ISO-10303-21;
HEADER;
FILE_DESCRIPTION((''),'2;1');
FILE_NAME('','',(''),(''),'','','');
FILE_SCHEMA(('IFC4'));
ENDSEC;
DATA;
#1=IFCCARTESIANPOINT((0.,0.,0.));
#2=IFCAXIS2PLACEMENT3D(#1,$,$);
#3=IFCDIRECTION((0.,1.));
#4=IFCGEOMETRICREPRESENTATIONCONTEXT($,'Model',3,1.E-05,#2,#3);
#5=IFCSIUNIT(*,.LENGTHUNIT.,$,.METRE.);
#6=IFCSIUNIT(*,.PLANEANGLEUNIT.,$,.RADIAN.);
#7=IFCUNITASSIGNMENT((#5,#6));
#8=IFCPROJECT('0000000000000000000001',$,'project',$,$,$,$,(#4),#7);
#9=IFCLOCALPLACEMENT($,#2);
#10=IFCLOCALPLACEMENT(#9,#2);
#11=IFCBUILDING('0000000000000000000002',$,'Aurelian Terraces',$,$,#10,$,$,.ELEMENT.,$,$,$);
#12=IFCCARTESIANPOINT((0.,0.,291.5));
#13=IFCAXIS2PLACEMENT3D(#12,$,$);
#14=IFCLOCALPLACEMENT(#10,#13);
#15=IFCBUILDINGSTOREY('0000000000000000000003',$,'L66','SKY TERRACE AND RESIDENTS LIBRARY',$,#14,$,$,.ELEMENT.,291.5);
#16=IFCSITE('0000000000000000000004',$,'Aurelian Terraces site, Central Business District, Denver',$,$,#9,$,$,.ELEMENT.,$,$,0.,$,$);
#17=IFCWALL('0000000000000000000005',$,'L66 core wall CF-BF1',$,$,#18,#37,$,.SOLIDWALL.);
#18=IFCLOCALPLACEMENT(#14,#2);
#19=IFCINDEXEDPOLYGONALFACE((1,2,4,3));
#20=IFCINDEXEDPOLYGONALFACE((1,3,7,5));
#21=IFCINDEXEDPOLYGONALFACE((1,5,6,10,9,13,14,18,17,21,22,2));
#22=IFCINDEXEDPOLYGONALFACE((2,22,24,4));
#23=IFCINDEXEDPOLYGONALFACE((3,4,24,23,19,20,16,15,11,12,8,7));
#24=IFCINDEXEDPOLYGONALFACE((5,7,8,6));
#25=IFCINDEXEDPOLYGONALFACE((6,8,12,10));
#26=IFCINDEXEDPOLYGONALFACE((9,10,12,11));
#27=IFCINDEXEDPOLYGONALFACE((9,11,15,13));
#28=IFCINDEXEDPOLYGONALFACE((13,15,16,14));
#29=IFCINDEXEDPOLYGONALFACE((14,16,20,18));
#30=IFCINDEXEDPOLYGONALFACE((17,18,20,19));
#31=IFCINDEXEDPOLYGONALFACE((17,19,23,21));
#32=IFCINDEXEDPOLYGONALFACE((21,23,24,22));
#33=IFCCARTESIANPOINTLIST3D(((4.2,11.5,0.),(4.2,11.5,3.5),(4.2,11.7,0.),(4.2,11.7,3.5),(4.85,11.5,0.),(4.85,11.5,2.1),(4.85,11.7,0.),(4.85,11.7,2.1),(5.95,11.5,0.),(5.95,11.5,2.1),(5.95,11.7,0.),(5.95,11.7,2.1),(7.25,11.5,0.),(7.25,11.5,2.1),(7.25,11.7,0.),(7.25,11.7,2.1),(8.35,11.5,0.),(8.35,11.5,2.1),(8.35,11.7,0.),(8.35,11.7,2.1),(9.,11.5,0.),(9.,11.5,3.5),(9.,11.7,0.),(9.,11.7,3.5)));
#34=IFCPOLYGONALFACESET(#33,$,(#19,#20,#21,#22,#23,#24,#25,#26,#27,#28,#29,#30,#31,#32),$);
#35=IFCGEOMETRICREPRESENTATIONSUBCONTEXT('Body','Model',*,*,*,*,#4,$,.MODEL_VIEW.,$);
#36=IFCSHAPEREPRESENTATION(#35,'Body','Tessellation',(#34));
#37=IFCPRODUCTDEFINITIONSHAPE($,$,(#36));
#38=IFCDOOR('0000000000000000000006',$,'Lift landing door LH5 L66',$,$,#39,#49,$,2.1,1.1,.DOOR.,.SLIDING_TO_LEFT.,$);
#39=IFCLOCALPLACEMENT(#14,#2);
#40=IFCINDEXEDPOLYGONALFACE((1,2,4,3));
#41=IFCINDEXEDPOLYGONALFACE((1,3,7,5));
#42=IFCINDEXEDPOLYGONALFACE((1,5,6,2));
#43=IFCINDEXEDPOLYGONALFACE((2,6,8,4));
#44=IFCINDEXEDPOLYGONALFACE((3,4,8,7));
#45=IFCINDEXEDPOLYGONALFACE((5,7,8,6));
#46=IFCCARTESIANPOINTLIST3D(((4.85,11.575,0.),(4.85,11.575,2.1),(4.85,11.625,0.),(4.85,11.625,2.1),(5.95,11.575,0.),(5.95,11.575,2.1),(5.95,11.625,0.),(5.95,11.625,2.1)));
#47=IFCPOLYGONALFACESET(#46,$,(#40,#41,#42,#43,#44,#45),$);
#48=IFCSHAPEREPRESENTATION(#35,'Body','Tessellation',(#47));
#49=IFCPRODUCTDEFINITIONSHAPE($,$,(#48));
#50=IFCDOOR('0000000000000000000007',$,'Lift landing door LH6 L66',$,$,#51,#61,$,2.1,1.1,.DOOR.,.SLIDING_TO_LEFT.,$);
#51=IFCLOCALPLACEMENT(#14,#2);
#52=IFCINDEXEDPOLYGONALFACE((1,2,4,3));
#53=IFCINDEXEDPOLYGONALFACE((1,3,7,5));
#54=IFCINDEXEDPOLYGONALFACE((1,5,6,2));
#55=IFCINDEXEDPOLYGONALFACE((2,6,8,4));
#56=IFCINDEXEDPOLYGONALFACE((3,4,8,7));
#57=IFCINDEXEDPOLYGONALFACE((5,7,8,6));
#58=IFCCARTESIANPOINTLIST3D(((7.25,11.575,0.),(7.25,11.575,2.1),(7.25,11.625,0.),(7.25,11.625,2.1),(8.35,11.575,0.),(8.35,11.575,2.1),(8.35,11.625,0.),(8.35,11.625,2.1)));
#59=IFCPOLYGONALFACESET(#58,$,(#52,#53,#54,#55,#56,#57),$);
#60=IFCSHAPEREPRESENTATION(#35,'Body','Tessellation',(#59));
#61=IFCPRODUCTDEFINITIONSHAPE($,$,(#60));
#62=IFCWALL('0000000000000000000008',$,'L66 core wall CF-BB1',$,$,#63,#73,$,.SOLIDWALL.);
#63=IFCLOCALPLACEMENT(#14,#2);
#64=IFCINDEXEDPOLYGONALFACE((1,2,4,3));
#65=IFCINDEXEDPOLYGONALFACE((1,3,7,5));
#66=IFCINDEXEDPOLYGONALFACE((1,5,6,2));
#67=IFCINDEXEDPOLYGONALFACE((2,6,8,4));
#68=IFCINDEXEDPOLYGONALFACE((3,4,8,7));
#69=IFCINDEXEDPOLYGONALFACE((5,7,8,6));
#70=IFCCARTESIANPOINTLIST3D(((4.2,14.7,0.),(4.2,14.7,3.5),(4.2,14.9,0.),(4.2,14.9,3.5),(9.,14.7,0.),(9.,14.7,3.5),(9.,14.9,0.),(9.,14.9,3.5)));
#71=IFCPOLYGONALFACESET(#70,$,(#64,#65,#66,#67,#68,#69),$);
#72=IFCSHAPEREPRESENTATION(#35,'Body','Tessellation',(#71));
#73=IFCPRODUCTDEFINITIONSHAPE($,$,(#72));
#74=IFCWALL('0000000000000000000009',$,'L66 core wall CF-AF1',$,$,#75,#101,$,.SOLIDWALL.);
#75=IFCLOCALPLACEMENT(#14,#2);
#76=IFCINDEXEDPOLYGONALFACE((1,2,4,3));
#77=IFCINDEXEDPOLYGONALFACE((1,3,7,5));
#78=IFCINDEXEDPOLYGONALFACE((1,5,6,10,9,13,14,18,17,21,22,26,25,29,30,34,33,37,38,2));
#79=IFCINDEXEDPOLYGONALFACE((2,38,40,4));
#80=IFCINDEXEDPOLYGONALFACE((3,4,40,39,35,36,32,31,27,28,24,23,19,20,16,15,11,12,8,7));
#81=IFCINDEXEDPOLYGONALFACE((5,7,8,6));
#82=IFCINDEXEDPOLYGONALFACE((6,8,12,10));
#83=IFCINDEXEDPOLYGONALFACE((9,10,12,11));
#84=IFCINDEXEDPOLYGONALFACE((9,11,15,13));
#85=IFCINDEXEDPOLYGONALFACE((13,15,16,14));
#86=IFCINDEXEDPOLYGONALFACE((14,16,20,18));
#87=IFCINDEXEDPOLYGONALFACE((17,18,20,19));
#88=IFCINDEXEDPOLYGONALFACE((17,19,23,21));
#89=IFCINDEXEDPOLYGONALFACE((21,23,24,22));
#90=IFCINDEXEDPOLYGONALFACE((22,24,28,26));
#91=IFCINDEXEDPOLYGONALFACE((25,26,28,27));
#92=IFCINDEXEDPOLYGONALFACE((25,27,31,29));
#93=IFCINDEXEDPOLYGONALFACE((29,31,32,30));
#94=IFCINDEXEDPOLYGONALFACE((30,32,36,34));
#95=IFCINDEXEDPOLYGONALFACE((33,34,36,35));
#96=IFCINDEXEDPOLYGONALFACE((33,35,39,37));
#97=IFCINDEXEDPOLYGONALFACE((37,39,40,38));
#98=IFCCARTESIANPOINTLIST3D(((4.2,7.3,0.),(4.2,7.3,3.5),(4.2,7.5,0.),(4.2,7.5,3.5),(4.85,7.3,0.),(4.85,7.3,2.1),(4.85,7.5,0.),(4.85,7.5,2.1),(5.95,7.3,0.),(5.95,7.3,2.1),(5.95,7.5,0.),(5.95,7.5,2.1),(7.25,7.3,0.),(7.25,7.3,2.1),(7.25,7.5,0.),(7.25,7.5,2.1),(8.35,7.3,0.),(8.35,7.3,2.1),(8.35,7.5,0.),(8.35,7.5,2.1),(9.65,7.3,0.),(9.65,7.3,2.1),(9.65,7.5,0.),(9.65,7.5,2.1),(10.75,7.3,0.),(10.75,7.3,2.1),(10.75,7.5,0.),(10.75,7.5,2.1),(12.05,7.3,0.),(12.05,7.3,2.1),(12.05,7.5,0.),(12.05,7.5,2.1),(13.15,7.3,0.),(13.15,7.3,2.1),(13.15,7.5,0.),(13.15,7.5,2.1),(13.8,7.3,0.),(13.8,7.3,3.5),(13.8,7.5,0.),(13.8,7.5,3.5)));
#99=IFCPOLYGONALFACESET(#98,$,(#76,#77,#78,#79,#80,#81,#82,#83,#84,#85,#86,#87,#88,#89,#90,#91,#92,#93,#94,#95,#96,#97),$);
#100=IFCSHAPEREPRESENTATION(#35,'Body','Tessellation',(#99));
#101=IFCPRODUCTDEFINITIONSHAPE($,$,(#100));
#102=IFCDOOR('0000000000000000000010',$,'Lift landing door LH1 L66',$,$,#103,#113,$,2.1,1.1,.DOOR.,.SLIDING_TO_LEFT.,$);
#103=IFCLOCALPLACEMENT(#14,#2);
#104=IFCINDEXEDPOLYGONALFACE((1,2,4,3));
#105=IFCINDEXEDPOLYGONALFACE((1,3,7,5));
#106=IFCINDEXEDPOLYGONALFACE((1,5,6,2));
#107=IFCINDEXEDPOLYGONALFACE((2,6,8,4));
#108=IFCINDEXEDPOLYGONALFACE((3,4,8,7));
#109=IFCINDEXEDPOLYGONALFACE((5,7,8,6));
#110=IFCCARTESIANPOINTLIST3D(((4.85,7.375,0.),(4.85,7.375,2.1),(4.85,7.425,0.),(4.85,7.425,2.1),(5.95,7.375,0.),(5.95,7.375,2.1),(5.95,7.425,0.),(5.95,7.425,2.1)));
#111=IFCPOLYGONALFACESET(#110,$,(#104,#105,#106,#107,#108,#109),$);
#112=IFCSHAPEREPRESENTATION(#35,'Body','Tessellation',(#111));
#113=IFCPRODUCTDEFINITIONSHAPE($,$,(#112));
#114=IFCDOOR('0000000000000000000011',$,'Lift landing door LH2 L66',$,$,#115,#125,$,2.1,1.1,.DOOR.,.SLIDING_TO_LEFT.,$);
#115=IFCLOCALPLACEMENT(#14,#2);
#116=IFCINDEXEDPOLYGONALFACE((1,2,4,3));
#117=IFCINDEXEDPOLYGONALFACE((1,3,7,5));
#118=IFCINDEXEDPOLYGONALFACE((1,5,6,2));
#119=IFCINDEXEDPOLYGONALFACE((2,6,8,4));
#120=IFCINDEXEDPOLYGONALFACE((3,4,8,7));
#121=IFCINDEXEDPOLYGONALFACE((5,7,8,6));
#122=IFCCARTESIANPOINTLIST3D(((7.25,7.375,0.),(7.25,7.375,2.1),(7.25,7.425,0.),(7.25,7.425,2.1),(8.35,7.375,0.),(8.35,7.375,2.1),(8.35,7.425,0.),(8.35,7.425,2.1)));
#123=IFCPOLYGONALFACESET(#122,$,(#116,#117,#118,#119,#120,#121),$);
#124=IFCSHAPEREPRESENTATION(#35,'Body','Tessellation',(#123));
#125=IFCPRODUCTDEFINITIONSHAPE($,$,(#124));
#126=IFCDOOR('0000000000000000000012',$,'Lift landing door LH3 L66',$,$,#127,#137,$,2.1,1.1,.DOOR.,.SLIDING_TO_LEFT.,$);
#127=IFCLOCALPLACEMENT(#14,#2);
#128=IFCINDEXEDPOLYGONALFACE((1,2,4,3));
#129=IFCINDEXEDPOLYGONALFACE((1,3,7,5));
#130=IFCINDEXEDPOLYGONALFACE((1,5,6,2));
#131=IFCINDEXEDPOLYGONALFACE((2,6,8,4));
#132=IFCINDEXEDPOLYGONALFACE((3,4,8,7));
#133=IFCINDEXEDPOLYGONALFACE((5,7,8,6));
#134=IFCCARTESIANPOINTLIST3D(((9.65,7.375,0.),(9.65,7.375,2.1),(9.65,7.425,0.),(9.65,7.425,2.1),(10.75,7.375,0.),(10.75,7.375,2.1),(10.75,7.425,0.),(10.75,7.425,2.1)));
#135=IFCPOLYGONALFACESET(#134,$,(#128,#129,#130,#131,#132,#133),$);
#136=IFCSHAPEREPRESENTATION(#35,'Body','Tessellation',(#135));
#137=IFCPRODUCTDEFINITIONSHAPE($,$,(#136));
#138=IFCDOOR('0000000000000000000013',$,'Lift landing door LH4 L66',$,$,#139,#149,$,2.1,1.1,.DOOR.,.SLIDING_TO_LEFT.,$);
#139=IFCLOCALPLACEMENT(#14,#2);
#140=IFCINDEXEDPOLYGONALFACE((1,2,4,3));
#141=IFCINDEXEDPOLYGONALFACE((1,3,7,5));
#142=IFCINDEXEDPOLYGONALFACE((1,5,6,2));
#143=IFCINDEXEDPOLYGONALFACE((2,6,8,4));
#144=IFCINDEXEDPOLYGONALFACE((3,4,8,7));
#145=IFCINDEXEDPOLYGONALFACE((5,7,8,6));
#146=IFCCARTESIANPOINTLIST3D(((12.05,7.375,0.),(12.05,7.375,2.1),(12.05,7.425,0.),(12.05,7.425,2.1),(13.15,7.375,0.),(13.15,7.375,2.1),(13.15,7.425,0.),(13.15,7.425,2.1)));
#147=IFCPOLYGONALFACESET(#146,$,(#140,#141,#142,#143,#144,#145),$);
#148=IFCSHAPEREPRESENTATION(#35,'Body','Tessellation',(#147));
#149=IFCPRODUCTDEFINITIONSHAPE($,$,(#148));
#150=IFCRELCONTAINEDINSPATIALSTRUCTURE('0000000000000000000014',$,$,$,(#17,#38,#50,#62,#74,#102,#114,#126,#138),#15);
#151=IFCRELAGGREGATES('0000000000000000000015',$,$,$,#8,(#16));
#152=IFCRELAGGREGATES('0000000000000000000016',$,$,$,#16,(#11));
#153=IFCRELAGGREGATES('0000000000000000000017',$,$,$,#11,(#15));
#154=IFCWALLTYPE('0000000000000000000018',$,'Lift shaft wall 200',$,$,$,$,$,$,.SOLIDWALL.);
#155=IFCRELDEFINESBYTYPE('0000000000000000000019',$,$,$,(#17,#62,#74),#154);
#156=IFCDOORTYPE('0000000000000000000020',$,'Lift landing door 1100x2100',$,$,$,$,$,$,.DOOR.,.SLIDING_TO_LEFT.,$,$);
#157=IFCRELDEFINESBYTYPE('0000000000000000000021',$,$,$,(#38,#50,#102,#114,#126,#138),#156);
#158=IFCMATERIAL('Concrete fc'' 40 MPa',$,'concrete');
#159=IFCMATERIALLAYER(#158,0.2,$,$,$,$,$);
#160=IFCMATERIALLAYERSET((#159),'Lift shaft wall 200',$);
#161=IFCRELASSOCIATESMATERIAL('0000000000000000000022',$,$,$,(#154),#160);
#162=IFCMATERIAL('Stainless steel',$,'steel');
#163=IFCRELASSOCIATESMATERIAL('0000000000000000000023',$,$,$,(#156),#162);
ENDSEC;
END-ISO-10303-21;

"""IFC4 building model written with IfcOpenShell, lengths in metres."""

from ifc_helpers import new_model, si_unit, direction, frame, frame_2d, origin, place, context, subcontext, project, spatial, rectangle, extrude, source, transform, mapped, material, layer, layer_set, type_object, element, fill, save


model = new_model("IFC4")

# Units and contexts
model_context = context("Model", 3, precision=1e-05, world=origin(), true_north=direction((0.0, 1.0)))
body_context = subcontext(model_context, "Body", "Model", "MODEL_VIEW")
ifc_project = project(units=[si_unit("LENGTHUNIT", "METRE"), si_unit("PLANEANGLEUNIT", "RADIAN")], contexts=[model_context])

# Site, building, storey
site_placement = place(None, origin())
site = spatial("IfcSite", under=ifc_project, at=site_placement, Name="Aurelian Terraces site, Central Business District, Denver", CompositionType="ELEMENT", RefElevation=0.0)
building_placement = place(site_placement, origin())
building = spatial("IfcBuilding", under=site, at=building_placement, Name="Aurelian Terraces", CompositionType="ELEMENT")
storey_placement = place(building_placement, frame((0.0, 0.0, 291.5)))
storey = spatial("IfcBuildingStorey", under=building, at=storey_placement, Name="L66", Description="SKY TERRACE AND RESIDENTS LIBRARY", CompositionType="ELEMENT", Elevation=291.5)

# Shared definitions
ifc_material_1 = material(Name="Concrete fc' 40 MPa", Category="concrete")
ifc_layer_1 = layer(ifc_material_1, 0.2)
ifc_layer_set_1 = layer_set([ifc_layer_1], Name="Lift shaft wall 200")
wall_type_1 = type_object("IfcWallType", Name="Lift shaft wall 200", PredefinedType="SOLIDWALL", material=ifc_layer_set_1)

# Wall, openings, doors
shared_shape_1 = source(origin(), body_context, "Body", "SweptSolid", [
    extrude(rectangle(XDim=4.8, YDim=0.2, at=frame_2d((2.4, 0.0))), origin(), (0.0, 0.0, 1.0), 3.5),
])
wall_1_placement = place(storey_placement, frame((4.2, 11.6, 0.0), z_axis=(0.0, 0.0, 1.0), x_axis=(1.0, 0.0, 0.0)))
wall_1 = element("IfcWall", 1, at=wall_1_placement, inside=storey, type_object=wall_type_1, Name="L66 core wall CF-BF1", PredefinedType="SOLIDWALL", context=body_context, shape_type="MappedRepresentation", body=[
    mapped(shared_shape_1, transform((0.0, 0.0, 0.0), scale=1.0)),
])
shared_shape_2 = source(origin(), body_context, "Body", "SweptSolid", [
    extrude(rectangle(XDim=1.1, YDim=2.1, at=frame_2d((0.55, 1.05))), frame((0.0, 0.11, 0.0), z_axis=(0.0, -1.0, 0.0), x_axis=(1.0, 0.0, 0.0)), (0.0, 0.0, 1.0), 0.22),
])
opening_1_placement = place(wall_1_placement, frame((0.65, 0.0, 0.0)))
opening_1 = element("IfcOpeningElement", 2, at=opening_1_placement, cuts=wall_1, PredefinedType="OPENING", context=body_context, shape_type="MappedRepresentation", body=[
    mapped(shared_shape_2, transform((0.0, 0.0, 0.0), scale=1.0)),
])
opening_2_placement = place(wall_1_placement, frame((3.05, 0.0, 0.0)))
opening_2 = element("IfcOpeningElement", 3, at=opening_2_placement, cuts=wall_1, PredefinedType="OPENING", context=body_context, shape_type="MappedRepresentation", body=[
    mapped(shared_shape_2, transform((0.0, 0.0, 0.0), scale=1.0)),
])
ifc_material_2 = material(Name="Stainless steel", Category="steel")
door_type_1 = type_object("IfcDoorType", Name="Lift landing door 1100x2100", OperationType="SLIDING_TO_LEFT", PredefinedType="DOOR", material=ifc_material_2)
shared_shape_3 = source(origin(), body_context, "Body", "SweptSolid", [
    extrude(rectangle(XDim=1.1, YDim=2.1, at=frame_2d((0.55, 1.05))), frame((0.0, 0.025, 0.0), z_axis=(0.0, -1.0, 0.0), x_axis=(1.0, 0.0, 0.0)), (0.0, 0.0, 1.0), 0.05),
])
door_1_placement = place(opening_1_placement, origin())
door_1 = element("IfcDoor", 4, at=door_1_placement, inside=storey, type_object=door_type_1, Name="Lift landing door LH5 L66", OperationType="SLIDING_TO_LEFT", OverallHeight=2.1, OverallWidth=1.1, PredefinedType="DOOR", context=body_context, shape_type="MappedRepresentation", body=[
    mapped(shared_shape_3, transform((0.0, 0.0, 0.0), scale=1.0)),
])
fill(opening_1, door_1)
door_2_placement = place(opening_2_placement, origin())
door_2 = element("IfcDoor", 5, at=door_2_placement, inside=storey, type_object=door_type_1, Name="Lift landing door LH6 L66", OperationType="SLIDING_TO_LEFT", OverallHeight=2.1, OverallWidth=1.1, PredefinedType="DOOR", context=body_context, shape_type="MappedRepresentation", body=[
    mapped(shared_shape_3, transform((0.0, 0.0, 0.0), scale=1.0)),
])
fill(opening_2, door_2)

# Wall
wall_2_placement = place(storey_placement, frame((4.2, 14.8, 0.0), z_axis=(0.0, 0.0, 1.0), x_axis=(1.0, 0.0, 0.0)))
element("IfcWall", 6, at=wall_2_placement, inside=storey, type_object=wall_type_1, Name="L66 core wall CF-BB1", PredefinedType="SOLIDWALL", context=body_context, shape_type="MappedRepresentation", body=[
    mapped(shared_shape_1, transform((0.0, 0.0, 0.0), scale=1.0)),
])

# Wall, openings, doors
shared_shape_4 = source(origin(), body_context, "Body", "SweptSolid", [
    extrude(rectangle(XDim=9.6, YDim=0.2, at=frame_2d((4.8, 0.0))), origin(), (0.0, 0.0, 1.0), 3.5),
])
wall_3_placement = place(storey_placement, frame((4.2, 7.4, 0.0), z_axis=(0.0, 0.0, 1.0), x_axis=(1.0, 0.0, 0.0)))
wall_3 = element("IfcWall", 7, at=wall_3_placement, inside=storey, type_object=wall_type_1, Name="L66 core wall CF-AF1", PredefinedType="SOLIDWALL", context=body_context, shape_type="MappedRepresentation", body=[
    mapped(shared_shape_4, transform((0.0, 0.0, 0.0), scale=1.0)),
])
opening_3_placement = place(wall_3_placement, frame((0.65, 0.0, 0.0)))
opening_3 = element("IfcOpeningElement", 8, at=opening_3_placement, cuts=wall_3, PredefinedType="OPENING", context=body_context, shape_type="MappedRepresentation", body=[
    mapped(shared_shape_2, transform((0.0, 0.0, 0.0), scale=1.0)),
])
opening_4_placement = place(wall_3_placement, frame((3.05, 0.0, 0.0)))
opening_4 = element("IfcOpeningElement", 9, at=opening_4_placement, cuts=wall_3, PredefinedType="OPENING", context=body_context, shape_type="MappedRepresentation", body=[
    mapped(shared_shape_2, transform((0.0, 0.0, 0.0), scale=1.0)),
])
opening_5_placement = place(wall_3_placement, frame((5.45, 0.0, 0.0)))
opening_5 = element("IfcOpeningElement", 10, at=opening_5_placement, cuts=wall_3, PredefinedType="OPENING", context=body_context, shape_type="MappedRepresentation", body=[
    mapped(shared_shape_2, transform((0.0, 0.0, 0.0), scale=1.0)),
])
opening_6_placement = place(wall_3_placement, frame((7.85, 0.0, 0.0)))
opening_6 = element("IfcOpeningElement", 11, at=opening_6_placement, cuts=wall_3, PredefinedType="OPENING", context=body_context, shape_type="MappedRepresentation", body=[
    mapped(shared_shape_2, transform((0.0, 0.0, 0.0), scale=1.0)),
])
door_3_placement = place(opening_3_placement, origin())
door_3 = element("IfcDoor", 12, at=door_3_placement, inside=storey, type_object=door_type_1, Name="Lift landing door LH1 L66", OperationType="SLIDING_TO_LEFT", OverallHeight=2.1, OverallWidth=1.1, PredefinedType="DOOR", context=body_context, shape_type="MappedRepresentation", body=[
    mapped(shared_shape_3, transform((0.0, 0.0, 0.0), scale=1.0)),
])
fill(opening_3, door_3)
door_4_placement = place(opening_4_placement, origin())
door_4 = element("IfcDoor", 13, at=door_4_placement, inside=storey, type_object=door_type_1, Name="Lift landing door LH2 L66", OperationType="SLIDING_TO_LEFT", OverallHeight=2.1, OverallWidth=1.1, PredefinedType="DOOR", context=body_context, shape_type="MappedRepresentation", body=[
    mapped(shared_shape_3, transform((0.0, 0.0, 0.0), scale=1.0)),
])
fill(opening_4, door_4)
door_5_placement = place(opening_5_placement, origin())
door_5 = element("IfcDoor", 14, at=door_5_placement, inside=storey, type_object=door_type_1, Name="Lift landing door LH3 L66", OperationType="SLIDING_TO_LEFT", OverallHeight=2.1, OverallWidth=1.1, PredefinedType="DOOR", context=body_context, shape_type="MappedRepresentation", body=[
    mapped(shared_shape_3, transform((0.0, 0.0, 0.0), scale=1.0)),
])
fill(opening_5, door_5)
door_6_placement = place(opening_6_placement, origin())
door_6 = element("IfcDoor", 15, at=door_6_placement, inside=storey, type_object=door_type_1, Name="Lift landing door LH4 L66", OperationType="SLIDING_TO_LEFT", OverallHeight=2.1, OverallWidth=1.1, PredefinedType="DOOR", context=body_context, shape_type="MappedRepresentation", body=[
    mapped(shared_shape_3, transform((0.0, 0.0, 0.0), scale=1.0)),
])
fill(opening_6, door_6)

save(model, "model.ifc")
